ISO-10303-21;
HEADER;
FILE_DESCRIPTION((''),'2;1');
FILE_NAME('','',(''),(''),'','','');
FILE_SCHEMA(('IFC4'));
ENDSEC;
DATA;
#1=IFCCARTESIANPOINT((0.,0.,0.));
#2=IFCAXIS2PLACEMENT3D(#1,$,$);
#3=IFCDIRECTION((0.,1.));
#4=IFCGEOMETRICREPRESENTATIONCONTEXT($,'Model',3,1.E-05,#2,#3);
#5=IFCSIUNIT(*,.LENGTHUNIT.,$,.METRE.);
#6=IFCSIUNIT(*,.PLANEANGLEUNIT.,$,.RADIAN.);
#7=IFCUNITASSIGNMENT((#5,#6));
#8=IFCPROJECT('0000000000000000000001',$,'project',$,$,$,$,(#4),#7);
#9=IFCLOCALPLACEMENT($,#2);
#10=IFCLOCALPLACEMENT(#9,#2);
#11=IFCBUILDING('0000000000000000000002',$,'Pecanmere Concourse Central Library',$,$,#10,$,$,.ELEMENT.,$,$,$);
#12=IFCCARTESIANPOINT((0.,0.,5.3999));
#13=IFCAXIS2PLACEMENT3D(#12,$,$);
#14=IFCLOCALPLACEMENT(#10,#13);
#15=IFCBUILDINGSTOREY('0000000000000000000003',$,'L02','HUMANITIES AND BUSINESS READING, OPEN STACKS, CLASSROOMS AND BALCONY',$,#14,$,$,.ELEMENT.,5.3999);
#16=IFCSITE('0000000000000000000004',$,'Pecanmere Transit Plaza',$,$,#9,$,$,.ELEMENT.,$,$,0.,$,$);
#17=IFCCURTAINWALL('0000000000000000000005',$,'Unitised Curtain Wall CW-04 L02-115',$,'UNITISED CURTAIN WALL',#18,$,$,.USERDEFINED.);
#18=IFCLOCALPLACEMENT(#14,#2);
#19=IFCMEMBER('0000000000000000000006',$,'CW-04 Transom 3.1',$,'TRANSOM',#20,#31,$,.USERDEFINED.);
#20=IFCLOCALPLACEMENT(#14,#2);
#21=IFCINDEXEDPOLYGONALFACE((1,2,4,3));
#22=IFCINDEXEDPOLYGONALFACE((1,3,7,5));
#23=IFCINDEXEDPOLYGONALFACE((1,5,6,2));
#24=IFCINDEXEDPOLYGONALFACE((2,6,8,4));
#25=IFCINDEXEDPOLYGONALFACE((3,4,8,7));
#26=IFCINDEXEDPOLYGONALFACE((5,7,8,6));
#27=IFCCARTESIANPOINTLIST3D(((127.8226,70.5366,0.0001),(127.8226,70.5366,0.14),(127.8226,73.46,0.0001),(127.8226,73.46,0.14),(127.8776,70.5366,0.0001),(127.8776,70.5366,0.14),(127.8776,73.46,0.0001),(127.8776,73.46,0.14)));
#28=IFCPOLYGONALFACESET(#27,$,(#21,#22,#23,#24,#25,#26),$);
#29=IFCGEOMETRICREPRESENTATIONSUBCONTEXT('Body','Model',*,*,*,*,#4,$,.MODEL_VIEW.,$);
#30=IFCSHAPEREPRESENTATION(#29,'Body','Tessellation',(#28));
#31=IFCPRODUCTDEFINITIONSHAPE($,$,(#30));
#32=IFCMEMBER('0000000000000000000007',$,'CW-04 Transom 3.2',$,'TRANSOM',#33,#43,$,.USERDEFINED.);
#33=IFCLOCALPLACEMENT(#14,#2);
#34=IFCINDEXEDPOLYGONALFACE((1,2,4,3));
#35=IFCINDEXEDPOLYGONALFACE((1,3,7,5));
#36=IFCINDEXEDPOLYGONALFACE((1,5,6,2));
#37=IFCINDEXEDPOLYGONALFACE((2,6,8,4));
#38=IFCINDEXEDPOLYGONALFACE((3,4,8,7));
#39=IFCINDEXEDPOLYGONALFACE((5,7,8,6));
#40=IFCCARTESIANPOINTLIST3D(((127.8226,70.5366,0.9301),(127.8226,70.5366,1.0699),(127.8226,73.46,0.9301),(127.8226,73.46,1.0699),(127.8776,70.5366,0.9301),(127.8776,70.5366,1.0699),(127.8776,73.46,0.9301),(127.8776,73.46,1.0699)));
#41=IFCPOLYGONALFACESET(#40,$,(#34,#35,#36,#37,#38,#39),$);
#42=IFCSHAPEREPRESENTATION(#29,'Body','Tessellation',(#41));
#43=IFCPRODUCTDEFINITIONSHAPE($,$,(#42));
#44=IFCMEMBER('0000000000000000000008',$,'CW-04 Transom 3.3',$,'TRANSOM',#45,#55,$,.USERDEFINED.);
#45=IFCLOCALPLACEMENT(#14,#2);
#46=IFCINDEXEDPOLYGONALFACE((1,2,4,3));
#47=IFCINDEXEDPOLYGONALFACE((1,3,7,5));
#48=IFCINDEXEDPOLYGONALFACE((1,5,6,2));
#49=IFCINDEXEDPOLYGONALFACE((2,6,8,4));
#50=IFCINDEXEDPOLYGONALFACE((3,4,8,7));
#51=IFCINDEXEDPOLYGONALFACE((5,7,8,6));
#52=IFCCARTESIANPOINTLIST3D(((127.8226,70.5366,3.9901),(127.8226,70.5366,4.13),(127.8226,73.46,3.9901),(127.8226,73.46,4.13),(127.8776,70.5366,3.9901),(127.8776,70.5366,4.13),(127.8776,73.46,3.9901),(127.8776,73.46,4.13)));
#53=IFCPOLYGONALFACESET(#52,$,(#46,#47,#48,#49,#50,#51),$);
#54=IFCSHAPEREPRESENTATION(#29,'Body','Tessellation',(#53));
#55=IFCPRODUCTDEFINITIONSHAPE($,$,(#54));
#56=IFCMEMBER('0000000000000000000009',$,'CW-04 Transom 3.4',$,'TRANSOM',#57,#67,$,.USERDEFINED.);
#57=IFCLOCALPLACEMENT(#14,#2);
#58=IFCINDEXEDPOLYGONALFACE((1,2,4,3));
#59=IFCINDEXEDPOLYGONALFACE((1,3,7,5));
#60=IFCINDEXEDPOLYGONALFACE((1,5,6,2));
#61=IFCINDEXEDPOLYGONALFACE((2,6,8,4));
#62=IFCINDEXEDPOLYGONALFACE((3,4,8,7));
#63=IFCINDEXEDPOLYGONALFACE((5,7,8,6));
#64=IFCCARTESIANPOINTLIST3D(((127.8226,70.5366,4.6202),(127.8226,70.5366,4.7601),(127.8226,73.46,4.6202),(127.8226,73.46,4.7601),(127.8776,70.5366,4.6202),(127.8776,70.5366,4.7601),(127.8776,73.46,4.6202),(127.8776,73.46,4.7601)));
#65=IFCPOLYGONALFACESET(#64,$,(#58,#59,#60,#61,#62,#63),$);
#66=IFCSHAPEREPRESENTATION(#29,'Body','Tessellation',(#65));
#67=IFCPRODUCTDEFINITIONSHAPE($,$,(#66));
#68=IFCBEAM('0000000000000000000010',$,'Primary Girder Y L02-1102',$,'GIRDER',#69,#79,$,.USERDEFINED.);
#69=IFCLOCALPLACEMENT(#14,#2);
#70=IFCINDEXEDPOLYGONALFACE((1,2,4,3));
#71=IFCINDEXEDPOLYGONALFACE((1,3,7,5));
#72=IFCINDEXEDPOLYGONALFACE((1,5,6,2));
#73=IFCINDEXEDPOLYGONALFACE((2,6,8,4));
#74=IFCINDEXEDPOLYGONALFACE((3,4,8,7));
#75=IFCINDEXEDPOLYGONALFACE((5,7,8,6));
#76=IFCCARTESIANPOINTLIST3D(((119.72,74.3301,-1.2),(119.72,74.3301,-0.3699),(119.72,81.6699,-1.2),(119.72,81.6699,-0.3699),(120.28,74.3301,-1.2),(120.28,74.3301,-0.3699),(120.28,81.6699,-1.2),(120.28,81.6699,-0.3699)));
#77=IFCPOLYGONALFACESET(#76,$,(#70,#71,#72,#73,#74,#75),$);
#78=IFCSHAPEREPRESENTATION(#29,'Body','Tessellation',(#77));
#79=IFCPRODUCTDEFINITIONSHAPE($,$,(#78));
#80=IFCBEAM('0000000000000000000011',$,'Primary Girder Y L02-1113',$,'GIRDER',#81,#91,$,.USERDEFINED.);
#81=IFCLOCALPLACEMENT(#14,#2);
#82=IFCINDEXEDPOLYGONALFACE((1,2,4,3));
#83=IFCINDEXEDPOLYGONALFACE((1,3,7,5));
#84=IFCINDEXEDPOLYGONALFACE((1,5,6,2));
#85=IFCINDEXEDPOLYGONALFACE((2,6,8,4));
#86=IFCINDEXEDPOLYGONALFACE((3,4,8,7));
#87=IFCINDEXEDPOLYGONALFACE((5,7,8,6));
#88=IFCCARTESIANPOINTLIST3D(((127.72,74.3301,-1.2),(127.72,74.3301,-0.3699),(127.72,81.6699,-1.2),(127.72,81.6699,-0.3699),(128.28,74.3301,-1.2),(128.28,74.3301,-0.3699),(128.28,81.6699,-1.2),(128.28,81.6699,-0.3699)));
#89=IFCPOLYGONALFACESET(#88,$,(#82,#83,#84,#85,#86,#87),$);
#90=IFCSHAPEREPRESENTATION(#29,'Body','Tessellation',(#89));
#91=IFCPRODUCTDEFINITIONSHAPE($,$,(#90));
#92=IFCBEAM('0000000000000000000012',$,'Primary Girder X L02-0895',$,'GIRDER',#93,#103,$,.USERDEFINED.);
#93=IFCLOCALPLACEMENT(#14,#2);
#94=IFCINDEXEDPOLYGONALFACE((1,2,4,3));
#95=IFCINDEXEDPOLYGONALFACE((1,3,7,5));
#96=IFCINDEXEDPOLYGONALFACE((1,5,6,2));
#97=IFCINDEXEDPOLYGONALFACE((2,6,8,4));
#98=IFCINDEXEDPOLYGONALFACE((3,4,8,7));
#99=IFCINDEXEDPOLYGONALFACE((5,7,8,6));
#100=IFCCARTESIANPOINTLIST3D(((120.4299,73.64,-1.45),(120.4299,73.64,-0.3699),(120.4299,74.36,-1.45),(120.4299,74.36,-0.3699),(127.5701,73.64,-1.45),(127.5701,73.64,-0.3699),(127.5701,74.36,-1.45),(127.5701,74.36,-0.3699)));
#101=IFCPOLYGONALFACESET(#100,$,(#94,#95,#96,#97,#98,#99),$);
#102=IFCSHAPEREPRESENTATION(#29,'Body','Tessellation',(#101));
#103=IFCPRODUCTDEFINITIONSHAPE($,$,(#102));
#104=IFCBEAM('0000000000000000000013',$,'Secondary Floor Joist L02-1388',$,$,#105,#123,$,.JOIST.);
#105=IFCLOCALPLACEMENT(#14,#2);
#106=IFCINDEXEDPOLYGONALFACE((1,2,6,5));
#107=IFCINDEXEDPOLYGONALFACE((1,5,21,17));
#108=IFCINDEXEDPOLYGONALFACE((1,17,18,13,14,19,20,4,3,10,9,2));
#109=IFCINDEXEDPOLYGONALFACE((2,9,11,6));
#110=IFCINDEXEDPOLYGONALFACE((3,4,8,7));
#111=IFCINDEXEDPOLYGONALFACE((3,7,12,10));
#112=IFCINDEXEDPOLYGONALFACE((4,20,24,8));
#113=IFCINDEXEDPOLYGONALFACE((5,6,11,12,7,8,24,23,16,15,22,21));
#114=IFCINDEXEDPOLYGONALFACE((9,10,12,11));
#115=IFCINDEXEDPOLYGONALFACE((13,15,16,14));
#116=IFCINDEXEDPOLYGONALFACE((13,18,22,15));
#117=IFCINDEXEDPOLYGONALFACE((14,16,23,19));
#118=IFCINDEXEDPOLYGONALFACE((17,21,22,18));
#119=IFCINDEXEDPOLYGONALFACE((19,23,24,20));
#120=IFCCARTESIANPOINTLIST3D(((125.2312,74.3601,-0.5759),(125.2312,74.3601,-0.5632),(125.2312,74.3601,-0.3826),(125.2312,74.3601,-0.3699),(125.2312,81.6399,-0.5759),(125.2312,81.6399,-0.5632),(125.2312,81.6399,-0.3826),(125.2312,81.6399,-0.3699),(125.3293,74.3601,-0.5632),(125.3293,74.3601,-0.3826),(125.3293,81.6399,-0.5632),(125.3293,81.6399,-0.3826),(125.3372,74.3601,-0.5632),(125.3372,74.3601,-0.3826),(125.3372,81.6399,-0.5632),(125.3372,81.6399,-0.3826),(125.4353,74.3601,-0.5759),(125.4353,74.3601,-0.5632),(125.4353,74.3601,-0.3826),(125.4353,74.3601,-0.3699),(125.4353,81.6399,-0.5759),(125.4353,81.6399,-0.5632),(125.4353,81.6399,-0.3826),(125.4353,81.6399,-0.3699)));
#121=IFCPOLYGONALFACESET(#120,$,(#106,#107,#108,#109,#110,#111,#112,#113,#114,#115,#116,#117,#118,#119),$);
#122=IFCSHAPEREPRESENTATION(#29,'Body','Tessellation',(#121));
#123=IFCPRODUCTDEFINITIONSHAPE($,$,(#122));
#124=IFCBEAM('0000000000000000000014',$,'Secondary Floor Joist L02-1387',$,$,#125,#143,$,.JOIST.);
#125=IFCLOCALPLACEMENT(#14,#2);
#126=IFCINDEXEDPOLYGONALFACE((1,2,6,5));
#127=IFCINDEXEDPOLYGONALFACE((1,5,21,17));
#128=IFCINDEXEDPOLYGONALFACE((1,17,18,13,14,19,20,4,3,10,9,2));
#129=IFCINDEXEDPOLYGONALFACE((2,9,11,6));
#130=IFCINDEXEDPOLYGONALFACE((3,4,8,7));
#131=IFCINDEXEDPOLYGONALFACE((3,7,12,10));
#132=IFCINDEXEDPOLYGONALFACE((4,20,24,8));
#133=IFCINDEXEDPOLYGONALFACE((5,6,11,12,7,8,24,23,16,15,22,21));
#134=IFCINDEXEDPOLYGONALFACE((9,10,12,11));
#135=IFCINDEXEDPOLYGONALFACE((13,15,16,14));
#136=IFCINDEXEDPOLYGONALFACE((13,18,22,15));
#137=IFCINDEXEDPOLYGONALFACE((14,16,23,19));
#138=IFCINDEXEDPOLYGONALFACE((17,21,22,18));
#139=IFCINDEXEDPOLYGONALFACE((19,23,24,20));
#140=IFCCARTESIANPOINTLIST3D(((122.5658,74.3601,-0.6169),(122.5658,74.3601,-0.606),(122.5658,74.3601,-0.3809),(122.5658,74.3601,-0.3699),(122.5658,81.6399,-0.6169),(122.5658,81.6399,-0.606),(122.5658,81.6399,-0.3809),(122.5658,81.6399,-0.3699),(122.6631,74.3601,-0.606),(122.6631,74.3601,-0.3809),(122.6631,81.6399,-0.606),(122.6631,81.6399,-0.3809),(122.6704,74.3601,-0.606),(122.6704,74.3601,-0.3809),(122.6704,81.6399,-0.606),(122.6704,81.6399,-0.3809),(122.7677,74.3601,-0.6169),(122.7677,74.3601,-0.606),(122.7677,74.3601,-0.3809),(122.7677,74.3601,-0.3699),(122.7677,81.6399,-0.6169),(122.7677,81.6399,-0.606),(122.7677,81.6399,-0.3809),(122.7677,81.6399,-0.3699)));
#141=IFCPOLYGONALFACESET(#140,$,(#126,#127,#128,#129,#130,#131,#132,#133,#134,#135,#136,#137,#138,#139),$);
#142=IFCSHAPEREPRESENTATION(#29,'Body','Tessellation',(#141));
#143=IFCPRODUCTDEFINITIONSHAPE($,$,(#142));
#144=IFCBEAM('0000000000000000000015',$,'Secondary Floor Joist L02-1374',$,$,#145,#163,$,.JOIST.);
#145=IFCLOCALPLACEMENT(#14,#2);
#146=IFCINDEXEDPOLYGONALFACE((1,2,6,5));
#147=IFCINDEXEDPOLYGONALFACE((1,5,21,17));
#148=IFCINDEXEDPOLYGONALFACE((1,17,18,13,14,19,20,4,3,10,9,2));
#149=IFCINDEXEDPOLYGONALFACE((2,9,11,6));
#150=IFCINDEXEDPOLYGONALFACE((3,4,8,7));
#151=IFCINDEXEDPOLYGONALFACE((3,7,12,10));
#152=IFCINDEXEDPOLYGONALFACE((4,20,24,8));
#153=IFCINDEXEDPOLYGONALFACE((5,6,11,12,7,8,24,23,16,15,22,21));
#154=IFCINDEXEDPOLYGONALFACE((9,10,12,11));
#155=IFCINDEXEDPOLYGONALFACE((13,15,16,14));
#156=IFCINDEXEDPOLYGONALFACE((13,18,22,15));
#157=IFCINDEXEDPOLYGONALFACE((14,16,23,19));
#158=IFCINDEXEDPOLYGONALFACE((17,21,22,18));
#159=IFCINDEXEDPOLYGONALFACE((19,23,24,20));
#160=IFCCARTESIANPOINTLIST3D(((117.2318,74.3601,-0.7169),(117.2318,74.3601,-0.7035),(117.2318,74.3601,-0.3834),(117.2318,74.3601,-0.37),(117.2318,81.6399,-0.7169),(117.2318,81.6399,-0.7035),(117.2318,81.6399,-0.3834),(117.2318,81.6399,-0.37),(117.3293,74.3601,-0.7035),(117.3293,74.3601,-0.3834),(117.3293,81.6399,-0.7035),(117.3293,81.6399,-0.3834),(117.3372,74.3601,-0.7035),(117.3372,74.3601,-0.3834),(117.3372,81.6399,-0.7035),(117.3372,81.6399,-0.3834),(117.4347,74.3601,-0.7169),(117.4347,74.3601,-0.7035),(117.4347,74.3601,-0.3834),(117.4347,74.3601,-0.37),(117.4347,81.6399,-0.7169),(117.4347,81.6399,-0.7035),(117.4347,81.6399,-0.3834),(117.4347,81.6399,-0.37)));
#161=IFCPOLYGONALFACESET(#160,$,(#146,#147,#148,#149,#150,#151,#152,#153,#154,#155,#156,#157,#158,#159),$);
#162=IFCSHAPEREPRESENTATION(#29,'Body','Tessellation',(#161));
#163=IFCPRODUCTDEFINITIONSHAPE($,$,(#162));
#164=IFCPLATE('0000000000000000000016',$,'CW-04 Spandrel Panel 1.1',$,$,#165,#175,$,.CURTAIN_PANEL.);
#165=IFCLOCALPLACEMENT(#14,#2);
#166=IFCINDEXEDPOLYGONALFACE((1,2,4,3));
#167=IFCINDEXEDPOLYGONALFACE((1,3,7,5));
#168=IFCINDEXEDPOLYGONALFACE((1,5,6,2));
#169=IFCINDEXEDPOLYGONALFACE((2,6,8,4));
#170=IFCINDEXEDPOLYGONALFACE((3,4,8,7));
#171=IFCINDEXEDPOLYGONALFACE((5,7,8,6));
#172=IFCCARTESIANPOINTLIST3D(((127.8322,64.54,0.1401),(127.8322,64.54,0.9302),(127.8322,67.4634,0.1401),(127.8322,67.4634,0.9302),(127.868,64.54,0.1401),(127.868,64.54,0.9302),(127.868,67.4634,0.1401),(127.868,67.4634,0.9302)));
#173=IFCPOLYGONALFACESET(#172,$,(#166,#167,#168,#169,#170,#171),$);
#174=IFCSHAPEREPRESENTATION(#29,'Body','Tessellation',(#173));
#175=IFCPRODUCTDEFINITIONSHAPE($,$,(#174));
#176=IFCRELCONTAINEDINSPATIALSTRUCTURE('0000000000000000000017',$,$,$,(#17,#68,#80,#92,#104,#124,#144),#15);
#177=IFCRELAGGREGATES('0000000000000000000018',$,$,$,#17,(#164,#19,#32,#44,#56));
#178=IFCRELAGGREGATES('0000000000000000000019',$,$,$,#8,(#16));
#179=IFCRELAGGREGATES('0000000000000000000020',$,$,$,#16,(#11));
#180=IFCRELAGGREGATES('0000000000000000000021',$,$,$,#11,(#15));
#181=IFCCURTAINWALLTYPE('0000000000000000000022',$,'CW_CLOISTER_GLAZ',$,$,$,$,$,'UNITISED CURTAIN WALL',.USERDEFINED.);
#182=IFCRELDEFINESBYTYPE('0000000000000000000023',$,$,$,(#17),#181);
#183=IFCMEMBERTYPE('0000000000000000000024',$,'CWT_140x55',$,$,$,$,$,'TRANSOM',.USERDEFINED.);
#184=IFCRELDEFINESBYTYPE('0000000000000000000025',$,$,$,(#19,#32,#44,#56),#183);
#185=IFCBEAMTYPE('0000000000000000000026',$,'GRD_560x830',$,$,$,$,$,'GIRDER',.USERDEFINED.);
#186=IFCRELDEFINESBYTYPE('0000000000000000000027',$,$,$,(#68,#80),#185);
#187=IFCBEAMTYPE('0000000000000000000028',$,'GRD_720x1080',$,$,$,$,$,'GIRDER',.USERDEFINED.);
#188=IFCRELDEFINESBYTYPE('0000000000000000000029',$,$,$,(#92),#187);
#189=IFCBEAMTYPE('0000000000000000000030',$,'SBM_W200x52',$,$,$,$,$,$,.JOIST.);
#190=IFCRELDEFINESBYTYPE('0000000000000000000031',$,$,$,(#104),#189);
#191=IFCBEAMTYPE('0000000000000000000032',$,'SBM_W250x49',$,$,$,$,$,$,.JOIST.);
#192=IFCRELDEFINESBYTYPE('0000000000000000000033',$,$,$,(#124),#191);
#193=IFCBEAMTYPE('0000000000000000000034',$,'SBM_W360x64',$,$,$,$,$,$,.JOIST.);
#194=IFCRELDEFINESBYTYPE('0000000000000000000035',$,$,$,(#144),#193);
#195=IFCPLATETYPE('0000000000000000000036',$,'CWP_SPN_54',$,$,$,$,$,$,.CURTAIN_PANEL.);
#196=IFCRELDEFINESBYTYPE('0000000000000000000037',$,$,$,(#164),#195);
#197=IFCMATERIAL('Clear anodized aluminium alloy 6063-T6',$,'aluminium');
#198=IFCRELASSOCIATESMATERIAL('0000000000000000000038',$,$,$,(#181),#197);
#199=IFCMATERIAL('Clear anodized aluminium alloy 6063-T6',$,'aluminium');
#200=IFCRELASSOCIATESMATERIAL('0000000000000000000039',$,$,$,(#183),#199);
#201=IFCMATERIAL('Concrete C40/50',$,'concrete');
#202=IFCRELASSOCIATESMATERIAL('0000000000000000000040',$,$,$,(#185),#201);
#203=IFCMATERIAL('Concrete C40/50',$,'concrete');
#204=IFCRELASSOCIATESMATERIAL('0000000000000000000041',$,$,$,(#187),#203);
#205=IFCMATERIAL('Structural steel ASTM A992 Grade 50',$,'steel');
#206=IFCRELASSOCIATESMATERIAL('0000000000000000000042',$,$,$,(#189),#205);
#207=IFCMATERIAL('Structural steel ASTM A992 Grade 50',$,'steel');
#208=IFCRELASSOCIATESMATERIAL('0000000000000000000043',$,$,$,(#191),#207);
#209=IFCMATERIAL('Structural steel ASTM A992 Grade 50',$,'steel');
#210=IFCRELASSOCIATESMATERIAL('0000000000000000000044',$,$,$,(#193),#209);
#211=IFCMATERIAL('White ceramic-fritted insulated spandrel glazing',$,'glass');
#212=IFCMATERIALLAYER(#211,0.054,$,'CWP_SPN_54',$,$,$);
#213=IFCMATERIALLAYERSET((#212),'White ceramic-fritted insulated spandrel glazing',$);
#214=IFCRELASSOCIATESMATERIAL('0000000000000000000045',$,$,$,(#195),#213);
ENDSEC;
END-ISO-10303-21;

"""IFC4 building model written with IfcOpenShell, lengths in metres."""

from ifc_helpers import new_model, si_unit, direction, frame, origin, origin_2d, place, context, subcontext, project, spatial, rectangle, i_section, extrude, material, layer, layer_set, material_profile, profile_set, type_object, element, aggregate, save


model = new_model("IFC4")

# Units and contexts
model_context = context("Model", 3, precision=1e-05, world=origin(), true_north=direction((0.0, 1.0)))
body_context = subcontext(model_context, "Body", "Model", "MODEL_VIEW")
ifc_project = project(units=[si_unit("LENGTHUNIT", "METRE"), si_unit("PLANEANGLEUNIT", "RADIAN")], contexts=[model_context])

# Site, building, storey
site_placement = place(None, origin())
site = spatial("IfcSite", under=ifc_project, at=site_placement, Name="Pecanmere Transit Plaza", CompositionType="ELEMENT", RefElevation=0.0)
building_placement = place(site_placement, origin())
building = spatial("IfcBuilding", under=site, at=building_placement, Name="Pecanmere Concourse Central Library", CompositionType="ELEMENT")
storey_placement = place(building_placement, frame((0.0, 0.0, 5.3999)))
storey = spatial("IfcBuildingStorey", under=building, at=storey_placement, Name="L02", Description="HUMANITIES AND BUSINESS READING, OPEN STACKS, CLASSROOMS AND BALCONY", CompositionType="ELEMENT", Elevation=5.3999)

# Curtain wall, members
ifc_material_1 = material(Name="Clear anodized aluminium alloy 6063-T6", Category="aluminium")
curtain_wall_type = type_object("IfcCurtainWallType", Name="CW_CLOISTER_GLAZ", ElementType="UNITISED CURTAIN WALL", PredefinedType="USERDEFINED", material=ifc_material_1)
curtain_wall_placement = place(storey_placement, origin())
curtain_wall = element("IfcCurtainWall", 1, at=curtain_wall_placement, inside=storey, type_object=curtain_wall_type, Name="Unitised Curtain Wall CW-04 L02-115", ObjectType="UNITISED CURTAIN WALL", PredefinedType="USERDEFINED")
ifc_material_2 = material(Name="Clear anodized aluminium alloy 6063-T6", Category="aluminium")
ifc_material_profile_1 = material_profile(ifc_material_2, rectangle(XDim=0.0549, YDim=0.1399, at=origin_2d()), Name="AL 55x140")
ifc_profile_set_1 = profile_set([ifc_material_profile_1], Name="Clear anodized aluminium alloy 6063-T6")
member_type_1 = type_object("IfcMemberType", Name="CWT_140x55", ElementType="TRANSOM", PredefinedType="USERDEFINED", material=ifc_profile_set_1)
member_1_placement = place(storey_placement, frame((127.8501, 70.5366, 0.0701), z_axis=(0.0, 1.0, 0.0), x_axis=(-1.0, 0.0, 0.0)))
member_1 = element("IfcMember", 2, at=member_1_placement, type_object=member_type_1, Name="CW-04 Transom 3.1", ObjectType="TRANSOM", PredefinedType="USERDEFINED", context=body_context, shape_type="SweptSolid", body=[
    extrude(rectangle(XDim=0.0549, YDim=0.1399, at=origin_2d()), origin(), (0.0, 0.0, 1.0), 2.9233),
])
member_2_placement = place(storey_placement, frame((127.8501, 70.5366, 1.0), z_axis=(0.0, 1.0, 0.0), x_axis=(-1.0, 0.0, 0.0)))
member_2 = element("IfcMember", 3, at=member_2_placement, type_object=member_type_1, Name="CW-04 Transom 3.2", ObjectType="TRANSOM", PredefinedType="USERDEFINED", context=body_context, shape_type="SweptSolid", body=[
    extrude(rectangle(XDim=0.0549, YDim=0.1399, at=origin_2d()), origin(), (0.0, 0.0, 1.0), 2.9233),
])
member_3_placement = place(storey_placement, frame((127.8501, 70.5366, 4.0601), z_axis=(0.0, 1.0, 0.0), x_axis=(-1.0, 0.0, 0.0)))
member_3 = element("IfcMember", 4, at=member_3_placement, type_object=member_type_1, Name="CW-04 Transom 3.3", ObjectType="TRANSOM", PredefinedType="USERDEFINED", context=body_context, shape_type="SweptSolid", body=[
    extrude(rectangle(XDim=0.0549, YDim=0.1399, at=origin_2d()), origin(), (0.0, 0.0, 1.0), 2.9233),
])
member_4_placement = place(storey_placement, frame((127.8501, 70.5366, 4.6902), z_axis=(0.0, 1.0, 0.0), x_axis=(-1.0, 0.0, 0.0)))
member_4 = element("IfcMember", 5, at=member_4_placement, type_object=member_type_1, Name="CW-04 Transom 3.4", ObjectType="TRANSOM", PredefinedType="USERDEFINED", context=body_context, shape_type="SweptSolid", body=[
    extrude(rectangle(XDim=0.0549, YDim=0.1399, at=origin_2d()), origin(), (0.0, 0.0, 1.0), 2.9233),
])

# Beams
ifc_material_3 = material(Name="Concrete C40/50", Category="concrete")
ifc_material_profile_2 = material_profile(ifc_material_3, rectangle(XDim=0.5601, YDim=0.8301, at=origin_2d()), Name="RC 560x830")
ifc_profile_set_2 = profile_set([ifc_material_profile_2], Name="Concrete C40/50")
beam_type_1 = type_object("IfcBeamType", Name="GRD_560x830", ElementType="GIRDER", PredefinedType="USERDEFINED", material=ifc_profile_set_2)
for number, where, z_axis, x_axis, name in (
    (6, (120.0, 74.3301, -0.7849), (0.0, 1.0, 0.0), (-1.0, 0.0, 0.0), "Primary Girder Y L02-1102"),
    (7, (128.0, 74.3301, -0.7849), (0.0, 1.0, 0.0), (-1.0, 0.0, 0.0), "Primary Girder Y L02-1113"),
):
    element("IfcBeam", number, at=place(storey_placement, frame(where, z_axis=z_axis, x_axis=x_axis)), inside=storey, type_object=beam_type_1, Name=name, ObjectType="GIRDER", PredefinedType="USERDEFINED", context=body_context, shape_type="SweptSolid", body=[
        extrude(rectangle(XDim=0.5601, YDim=0.8301, at=origin_2d()), origin(), (0.0, 0.0, 1.0), 7.3398),
    ])
ifc_material_4 = material(Name="Concrete C40/50", Category="concrete")
ifc_material_profile_3 = material_profile(ifc_material_4, rectangle(XDim=0.72, YDim=1.0801, at=origin_2d()), Name="RC 720x1080")
ifc_profile_set_3 = profile_set([ifc_material_profile_3], Name="Concrete C40/50")
beam_type_2 = type_object("IfcBeamType", Name="GRD_720x1080", ElementType="GIRDER", PredefinedType="USERDEFINED", material=ifc_profile_set_3)
beam_1_placement = place(storey_placement, frame((120.4299, 74.0, -0.9099), z_axis=(1.0, 0.0, 0.0), x_axis=(0.0, 1.0, 0.0)))
element("IfcBeam", 8, at=beam_1_placement, inside=storey, type_object=beam_type_2, Name="Primary Girder X L02-0895", ObjectType="GIRDER", PredefinedType="USERDEFINED", context=body_context, shape_type="SweptSolid", body=[
    extrude(rectangle(XDim=0.72, YDim=1.0801, at=origin_2d()), origin(), (0.0, 0.0, 1.0), 7.1401),
])
ifc_material_5 = material(Name="Structural steel ASTM A992 Grade 50", Category="steel")
ifc_material_profile_4 = material_profile(ifc_material_5, i_section(OverallWidth=0.2041, OverallDepth=0.2061, WebThickness=0.0078, FlangeThickness=0.0127, at=origin_2d()), Name="W200x52")
ifc_profile_set_4 = profile_set([ifc_material_profile_4], Name="Structural steel ASTM A992 Grade 50")
beam_type_3 = type_object("IfcBeamType", Name="SBM_W200x52", PredefinedType="JOIST", material=ifc_profile_set_4)
beam_2_placement = place(storey_placement, frame((125.3333, 74.3601, -0.4729), z_axis=(0.0, 1.0, 0.0), x_axis=(-1.0, 0.0, 0.0)))
element("IfcBeam", 9, at=beam_2_placement, inside=storey, type_object=beam_type_3, Name="Secondary Floor Joist L02-1388", PredefinedType="JOIST", context=body_context, shape_type="SweptSolid", body=[
    extrude(i_section(OverallWidth=0.2041, OverallDepth=0.2061, WebThickness=0.0078, FlangeThickness=0.0127, at=origin_2d()), origin(), (0.0, 0.0, 1.0), 7.2798),
])
ifc_material_6 = material(Name="Structural steel ASTM A992 Grade 50", Category="steel")
ifc_material_profile_5 = material_profile(ifc_material_6, i_section(OverallWidth=0.2019, OverallDepth=0.2471, WebThickness=0.0073, FlangeThickness=0.011, at=origin_2d()), Name="W250x49.1")
ifc_profile_set_5 = profile_set([ifc_material_profile_5], Name="Structural steel ASTM A992 Grade 50")
beam_type_4 = type_object("IfcBeamType", Name="SBM_W250x49", PredefinedType="JOIST", material=ifc_profile_set_5)
beam_3_placement = place(storey_placement, frame((122.6667, 74.3601, -0.4934), z_axis=(0.0, 1.0, 0.0), x_axis=(-1.0, 0.0, 0.0)))
element("IfcBeam", 10, at=beam_3_placement, inside=storey, type_object=beam_type_4, Name="Secondary Floor Joist L02-1387", PredefinedType="JOIST", context=body_context, shape_type="SweptSolid", body=[
    extrude(i_section(OverallWidth=0.2019, OverallDepth=0.2471, WebThickness=0.0073, FlangeThickness=0.011, at=origin_2d()), origin(), (0.0, 0.0, 1.0), 7.2798),
])
ifc_material_7 = material(Name="Structural steel ASTM A992 Grade 50", Category="steel")
ifc_material_profile_6 = material_profile(ifc_material_7, i_section(OverallWidth=0.2029, OverallDepth=0.3469, WebThickness=0.0078, FlangeThickness=0.0134, at=origin_2d()), Name="W360x64")
ifc_profile_set_6 = profile_set([ifc_material_profile_6], Name="Structural steel ASTM A992 Grade 50")
beam_type_5 = type_object("IfcBeamType", Name="SBM_W360x64", PredefinedType="JOIST", material=ifc_profile_set_6)
beam_4_placement = place(storey_placement, frame((117.3333, 74.3601, -0.5435), z_axis=(0.0, 1.0, 0.0), x_axis=(-1.0, 0.0, 0.0)))
element("IfcBeam", 11, at=beam_4_placement, inside=storey, type_object=beam_type_5, Name="Secondary Floor Joist L02-1374", PredefinedType="JOIST", context=body_context, shape_type="SweptSolid", body=[
    extrude(i_section(OverallWidth=0.2029, OverallDepth=0.3469, WebThickness=0.0078, FlangeThickness=0.0134, at=origin_2d()), origin(), (0.0, 0.0, 1.0), 7.2798),
])

# Plate
ifc_material_8 = material(Name="White ceramic-fritted insulated spandrel glazing", Category="glass")
ifc_layer_1 = layer(ifc_material_8, 0.054, Name="CWP_SPN_54")
ifc_layer_set_1 = layer_set([ifc_layer_1], Name="White ceramic-fritted insulated spandrel glazing")
plate_type_1 = type_object("IfcPlateType", Name="CWP_SPN_54", PredefinedType="CURTAIN_PANEL", material=ifc_layer_set_1)
plate_1_placement = place(storey_placement, frame((127.8501, 66.0017, 0.1401), z_axis=(0.0, 0.0, 1.0), x_axis=(0.0, 1.0, 0.0)))
plate_1 = element("IfcPlate", 12, at=plate_1_placement, type_object=plate_type_1, Name="CW-04 Spandrel Panel 1.1", PredefinedType="CURTAIN_PANEL", context=body_context, shape_type="SweptSolid", body=[
    extrude(rectangle(XDim=2.9233, YDim=0.0359, at=origin_2d()), origin(), (0.0, 0.0, 1.0), 0.79),
])
aggregate(curtain_wall, [plate_1, member_1, member_2, member_3, member_4])

save(model, "model.ifc")
